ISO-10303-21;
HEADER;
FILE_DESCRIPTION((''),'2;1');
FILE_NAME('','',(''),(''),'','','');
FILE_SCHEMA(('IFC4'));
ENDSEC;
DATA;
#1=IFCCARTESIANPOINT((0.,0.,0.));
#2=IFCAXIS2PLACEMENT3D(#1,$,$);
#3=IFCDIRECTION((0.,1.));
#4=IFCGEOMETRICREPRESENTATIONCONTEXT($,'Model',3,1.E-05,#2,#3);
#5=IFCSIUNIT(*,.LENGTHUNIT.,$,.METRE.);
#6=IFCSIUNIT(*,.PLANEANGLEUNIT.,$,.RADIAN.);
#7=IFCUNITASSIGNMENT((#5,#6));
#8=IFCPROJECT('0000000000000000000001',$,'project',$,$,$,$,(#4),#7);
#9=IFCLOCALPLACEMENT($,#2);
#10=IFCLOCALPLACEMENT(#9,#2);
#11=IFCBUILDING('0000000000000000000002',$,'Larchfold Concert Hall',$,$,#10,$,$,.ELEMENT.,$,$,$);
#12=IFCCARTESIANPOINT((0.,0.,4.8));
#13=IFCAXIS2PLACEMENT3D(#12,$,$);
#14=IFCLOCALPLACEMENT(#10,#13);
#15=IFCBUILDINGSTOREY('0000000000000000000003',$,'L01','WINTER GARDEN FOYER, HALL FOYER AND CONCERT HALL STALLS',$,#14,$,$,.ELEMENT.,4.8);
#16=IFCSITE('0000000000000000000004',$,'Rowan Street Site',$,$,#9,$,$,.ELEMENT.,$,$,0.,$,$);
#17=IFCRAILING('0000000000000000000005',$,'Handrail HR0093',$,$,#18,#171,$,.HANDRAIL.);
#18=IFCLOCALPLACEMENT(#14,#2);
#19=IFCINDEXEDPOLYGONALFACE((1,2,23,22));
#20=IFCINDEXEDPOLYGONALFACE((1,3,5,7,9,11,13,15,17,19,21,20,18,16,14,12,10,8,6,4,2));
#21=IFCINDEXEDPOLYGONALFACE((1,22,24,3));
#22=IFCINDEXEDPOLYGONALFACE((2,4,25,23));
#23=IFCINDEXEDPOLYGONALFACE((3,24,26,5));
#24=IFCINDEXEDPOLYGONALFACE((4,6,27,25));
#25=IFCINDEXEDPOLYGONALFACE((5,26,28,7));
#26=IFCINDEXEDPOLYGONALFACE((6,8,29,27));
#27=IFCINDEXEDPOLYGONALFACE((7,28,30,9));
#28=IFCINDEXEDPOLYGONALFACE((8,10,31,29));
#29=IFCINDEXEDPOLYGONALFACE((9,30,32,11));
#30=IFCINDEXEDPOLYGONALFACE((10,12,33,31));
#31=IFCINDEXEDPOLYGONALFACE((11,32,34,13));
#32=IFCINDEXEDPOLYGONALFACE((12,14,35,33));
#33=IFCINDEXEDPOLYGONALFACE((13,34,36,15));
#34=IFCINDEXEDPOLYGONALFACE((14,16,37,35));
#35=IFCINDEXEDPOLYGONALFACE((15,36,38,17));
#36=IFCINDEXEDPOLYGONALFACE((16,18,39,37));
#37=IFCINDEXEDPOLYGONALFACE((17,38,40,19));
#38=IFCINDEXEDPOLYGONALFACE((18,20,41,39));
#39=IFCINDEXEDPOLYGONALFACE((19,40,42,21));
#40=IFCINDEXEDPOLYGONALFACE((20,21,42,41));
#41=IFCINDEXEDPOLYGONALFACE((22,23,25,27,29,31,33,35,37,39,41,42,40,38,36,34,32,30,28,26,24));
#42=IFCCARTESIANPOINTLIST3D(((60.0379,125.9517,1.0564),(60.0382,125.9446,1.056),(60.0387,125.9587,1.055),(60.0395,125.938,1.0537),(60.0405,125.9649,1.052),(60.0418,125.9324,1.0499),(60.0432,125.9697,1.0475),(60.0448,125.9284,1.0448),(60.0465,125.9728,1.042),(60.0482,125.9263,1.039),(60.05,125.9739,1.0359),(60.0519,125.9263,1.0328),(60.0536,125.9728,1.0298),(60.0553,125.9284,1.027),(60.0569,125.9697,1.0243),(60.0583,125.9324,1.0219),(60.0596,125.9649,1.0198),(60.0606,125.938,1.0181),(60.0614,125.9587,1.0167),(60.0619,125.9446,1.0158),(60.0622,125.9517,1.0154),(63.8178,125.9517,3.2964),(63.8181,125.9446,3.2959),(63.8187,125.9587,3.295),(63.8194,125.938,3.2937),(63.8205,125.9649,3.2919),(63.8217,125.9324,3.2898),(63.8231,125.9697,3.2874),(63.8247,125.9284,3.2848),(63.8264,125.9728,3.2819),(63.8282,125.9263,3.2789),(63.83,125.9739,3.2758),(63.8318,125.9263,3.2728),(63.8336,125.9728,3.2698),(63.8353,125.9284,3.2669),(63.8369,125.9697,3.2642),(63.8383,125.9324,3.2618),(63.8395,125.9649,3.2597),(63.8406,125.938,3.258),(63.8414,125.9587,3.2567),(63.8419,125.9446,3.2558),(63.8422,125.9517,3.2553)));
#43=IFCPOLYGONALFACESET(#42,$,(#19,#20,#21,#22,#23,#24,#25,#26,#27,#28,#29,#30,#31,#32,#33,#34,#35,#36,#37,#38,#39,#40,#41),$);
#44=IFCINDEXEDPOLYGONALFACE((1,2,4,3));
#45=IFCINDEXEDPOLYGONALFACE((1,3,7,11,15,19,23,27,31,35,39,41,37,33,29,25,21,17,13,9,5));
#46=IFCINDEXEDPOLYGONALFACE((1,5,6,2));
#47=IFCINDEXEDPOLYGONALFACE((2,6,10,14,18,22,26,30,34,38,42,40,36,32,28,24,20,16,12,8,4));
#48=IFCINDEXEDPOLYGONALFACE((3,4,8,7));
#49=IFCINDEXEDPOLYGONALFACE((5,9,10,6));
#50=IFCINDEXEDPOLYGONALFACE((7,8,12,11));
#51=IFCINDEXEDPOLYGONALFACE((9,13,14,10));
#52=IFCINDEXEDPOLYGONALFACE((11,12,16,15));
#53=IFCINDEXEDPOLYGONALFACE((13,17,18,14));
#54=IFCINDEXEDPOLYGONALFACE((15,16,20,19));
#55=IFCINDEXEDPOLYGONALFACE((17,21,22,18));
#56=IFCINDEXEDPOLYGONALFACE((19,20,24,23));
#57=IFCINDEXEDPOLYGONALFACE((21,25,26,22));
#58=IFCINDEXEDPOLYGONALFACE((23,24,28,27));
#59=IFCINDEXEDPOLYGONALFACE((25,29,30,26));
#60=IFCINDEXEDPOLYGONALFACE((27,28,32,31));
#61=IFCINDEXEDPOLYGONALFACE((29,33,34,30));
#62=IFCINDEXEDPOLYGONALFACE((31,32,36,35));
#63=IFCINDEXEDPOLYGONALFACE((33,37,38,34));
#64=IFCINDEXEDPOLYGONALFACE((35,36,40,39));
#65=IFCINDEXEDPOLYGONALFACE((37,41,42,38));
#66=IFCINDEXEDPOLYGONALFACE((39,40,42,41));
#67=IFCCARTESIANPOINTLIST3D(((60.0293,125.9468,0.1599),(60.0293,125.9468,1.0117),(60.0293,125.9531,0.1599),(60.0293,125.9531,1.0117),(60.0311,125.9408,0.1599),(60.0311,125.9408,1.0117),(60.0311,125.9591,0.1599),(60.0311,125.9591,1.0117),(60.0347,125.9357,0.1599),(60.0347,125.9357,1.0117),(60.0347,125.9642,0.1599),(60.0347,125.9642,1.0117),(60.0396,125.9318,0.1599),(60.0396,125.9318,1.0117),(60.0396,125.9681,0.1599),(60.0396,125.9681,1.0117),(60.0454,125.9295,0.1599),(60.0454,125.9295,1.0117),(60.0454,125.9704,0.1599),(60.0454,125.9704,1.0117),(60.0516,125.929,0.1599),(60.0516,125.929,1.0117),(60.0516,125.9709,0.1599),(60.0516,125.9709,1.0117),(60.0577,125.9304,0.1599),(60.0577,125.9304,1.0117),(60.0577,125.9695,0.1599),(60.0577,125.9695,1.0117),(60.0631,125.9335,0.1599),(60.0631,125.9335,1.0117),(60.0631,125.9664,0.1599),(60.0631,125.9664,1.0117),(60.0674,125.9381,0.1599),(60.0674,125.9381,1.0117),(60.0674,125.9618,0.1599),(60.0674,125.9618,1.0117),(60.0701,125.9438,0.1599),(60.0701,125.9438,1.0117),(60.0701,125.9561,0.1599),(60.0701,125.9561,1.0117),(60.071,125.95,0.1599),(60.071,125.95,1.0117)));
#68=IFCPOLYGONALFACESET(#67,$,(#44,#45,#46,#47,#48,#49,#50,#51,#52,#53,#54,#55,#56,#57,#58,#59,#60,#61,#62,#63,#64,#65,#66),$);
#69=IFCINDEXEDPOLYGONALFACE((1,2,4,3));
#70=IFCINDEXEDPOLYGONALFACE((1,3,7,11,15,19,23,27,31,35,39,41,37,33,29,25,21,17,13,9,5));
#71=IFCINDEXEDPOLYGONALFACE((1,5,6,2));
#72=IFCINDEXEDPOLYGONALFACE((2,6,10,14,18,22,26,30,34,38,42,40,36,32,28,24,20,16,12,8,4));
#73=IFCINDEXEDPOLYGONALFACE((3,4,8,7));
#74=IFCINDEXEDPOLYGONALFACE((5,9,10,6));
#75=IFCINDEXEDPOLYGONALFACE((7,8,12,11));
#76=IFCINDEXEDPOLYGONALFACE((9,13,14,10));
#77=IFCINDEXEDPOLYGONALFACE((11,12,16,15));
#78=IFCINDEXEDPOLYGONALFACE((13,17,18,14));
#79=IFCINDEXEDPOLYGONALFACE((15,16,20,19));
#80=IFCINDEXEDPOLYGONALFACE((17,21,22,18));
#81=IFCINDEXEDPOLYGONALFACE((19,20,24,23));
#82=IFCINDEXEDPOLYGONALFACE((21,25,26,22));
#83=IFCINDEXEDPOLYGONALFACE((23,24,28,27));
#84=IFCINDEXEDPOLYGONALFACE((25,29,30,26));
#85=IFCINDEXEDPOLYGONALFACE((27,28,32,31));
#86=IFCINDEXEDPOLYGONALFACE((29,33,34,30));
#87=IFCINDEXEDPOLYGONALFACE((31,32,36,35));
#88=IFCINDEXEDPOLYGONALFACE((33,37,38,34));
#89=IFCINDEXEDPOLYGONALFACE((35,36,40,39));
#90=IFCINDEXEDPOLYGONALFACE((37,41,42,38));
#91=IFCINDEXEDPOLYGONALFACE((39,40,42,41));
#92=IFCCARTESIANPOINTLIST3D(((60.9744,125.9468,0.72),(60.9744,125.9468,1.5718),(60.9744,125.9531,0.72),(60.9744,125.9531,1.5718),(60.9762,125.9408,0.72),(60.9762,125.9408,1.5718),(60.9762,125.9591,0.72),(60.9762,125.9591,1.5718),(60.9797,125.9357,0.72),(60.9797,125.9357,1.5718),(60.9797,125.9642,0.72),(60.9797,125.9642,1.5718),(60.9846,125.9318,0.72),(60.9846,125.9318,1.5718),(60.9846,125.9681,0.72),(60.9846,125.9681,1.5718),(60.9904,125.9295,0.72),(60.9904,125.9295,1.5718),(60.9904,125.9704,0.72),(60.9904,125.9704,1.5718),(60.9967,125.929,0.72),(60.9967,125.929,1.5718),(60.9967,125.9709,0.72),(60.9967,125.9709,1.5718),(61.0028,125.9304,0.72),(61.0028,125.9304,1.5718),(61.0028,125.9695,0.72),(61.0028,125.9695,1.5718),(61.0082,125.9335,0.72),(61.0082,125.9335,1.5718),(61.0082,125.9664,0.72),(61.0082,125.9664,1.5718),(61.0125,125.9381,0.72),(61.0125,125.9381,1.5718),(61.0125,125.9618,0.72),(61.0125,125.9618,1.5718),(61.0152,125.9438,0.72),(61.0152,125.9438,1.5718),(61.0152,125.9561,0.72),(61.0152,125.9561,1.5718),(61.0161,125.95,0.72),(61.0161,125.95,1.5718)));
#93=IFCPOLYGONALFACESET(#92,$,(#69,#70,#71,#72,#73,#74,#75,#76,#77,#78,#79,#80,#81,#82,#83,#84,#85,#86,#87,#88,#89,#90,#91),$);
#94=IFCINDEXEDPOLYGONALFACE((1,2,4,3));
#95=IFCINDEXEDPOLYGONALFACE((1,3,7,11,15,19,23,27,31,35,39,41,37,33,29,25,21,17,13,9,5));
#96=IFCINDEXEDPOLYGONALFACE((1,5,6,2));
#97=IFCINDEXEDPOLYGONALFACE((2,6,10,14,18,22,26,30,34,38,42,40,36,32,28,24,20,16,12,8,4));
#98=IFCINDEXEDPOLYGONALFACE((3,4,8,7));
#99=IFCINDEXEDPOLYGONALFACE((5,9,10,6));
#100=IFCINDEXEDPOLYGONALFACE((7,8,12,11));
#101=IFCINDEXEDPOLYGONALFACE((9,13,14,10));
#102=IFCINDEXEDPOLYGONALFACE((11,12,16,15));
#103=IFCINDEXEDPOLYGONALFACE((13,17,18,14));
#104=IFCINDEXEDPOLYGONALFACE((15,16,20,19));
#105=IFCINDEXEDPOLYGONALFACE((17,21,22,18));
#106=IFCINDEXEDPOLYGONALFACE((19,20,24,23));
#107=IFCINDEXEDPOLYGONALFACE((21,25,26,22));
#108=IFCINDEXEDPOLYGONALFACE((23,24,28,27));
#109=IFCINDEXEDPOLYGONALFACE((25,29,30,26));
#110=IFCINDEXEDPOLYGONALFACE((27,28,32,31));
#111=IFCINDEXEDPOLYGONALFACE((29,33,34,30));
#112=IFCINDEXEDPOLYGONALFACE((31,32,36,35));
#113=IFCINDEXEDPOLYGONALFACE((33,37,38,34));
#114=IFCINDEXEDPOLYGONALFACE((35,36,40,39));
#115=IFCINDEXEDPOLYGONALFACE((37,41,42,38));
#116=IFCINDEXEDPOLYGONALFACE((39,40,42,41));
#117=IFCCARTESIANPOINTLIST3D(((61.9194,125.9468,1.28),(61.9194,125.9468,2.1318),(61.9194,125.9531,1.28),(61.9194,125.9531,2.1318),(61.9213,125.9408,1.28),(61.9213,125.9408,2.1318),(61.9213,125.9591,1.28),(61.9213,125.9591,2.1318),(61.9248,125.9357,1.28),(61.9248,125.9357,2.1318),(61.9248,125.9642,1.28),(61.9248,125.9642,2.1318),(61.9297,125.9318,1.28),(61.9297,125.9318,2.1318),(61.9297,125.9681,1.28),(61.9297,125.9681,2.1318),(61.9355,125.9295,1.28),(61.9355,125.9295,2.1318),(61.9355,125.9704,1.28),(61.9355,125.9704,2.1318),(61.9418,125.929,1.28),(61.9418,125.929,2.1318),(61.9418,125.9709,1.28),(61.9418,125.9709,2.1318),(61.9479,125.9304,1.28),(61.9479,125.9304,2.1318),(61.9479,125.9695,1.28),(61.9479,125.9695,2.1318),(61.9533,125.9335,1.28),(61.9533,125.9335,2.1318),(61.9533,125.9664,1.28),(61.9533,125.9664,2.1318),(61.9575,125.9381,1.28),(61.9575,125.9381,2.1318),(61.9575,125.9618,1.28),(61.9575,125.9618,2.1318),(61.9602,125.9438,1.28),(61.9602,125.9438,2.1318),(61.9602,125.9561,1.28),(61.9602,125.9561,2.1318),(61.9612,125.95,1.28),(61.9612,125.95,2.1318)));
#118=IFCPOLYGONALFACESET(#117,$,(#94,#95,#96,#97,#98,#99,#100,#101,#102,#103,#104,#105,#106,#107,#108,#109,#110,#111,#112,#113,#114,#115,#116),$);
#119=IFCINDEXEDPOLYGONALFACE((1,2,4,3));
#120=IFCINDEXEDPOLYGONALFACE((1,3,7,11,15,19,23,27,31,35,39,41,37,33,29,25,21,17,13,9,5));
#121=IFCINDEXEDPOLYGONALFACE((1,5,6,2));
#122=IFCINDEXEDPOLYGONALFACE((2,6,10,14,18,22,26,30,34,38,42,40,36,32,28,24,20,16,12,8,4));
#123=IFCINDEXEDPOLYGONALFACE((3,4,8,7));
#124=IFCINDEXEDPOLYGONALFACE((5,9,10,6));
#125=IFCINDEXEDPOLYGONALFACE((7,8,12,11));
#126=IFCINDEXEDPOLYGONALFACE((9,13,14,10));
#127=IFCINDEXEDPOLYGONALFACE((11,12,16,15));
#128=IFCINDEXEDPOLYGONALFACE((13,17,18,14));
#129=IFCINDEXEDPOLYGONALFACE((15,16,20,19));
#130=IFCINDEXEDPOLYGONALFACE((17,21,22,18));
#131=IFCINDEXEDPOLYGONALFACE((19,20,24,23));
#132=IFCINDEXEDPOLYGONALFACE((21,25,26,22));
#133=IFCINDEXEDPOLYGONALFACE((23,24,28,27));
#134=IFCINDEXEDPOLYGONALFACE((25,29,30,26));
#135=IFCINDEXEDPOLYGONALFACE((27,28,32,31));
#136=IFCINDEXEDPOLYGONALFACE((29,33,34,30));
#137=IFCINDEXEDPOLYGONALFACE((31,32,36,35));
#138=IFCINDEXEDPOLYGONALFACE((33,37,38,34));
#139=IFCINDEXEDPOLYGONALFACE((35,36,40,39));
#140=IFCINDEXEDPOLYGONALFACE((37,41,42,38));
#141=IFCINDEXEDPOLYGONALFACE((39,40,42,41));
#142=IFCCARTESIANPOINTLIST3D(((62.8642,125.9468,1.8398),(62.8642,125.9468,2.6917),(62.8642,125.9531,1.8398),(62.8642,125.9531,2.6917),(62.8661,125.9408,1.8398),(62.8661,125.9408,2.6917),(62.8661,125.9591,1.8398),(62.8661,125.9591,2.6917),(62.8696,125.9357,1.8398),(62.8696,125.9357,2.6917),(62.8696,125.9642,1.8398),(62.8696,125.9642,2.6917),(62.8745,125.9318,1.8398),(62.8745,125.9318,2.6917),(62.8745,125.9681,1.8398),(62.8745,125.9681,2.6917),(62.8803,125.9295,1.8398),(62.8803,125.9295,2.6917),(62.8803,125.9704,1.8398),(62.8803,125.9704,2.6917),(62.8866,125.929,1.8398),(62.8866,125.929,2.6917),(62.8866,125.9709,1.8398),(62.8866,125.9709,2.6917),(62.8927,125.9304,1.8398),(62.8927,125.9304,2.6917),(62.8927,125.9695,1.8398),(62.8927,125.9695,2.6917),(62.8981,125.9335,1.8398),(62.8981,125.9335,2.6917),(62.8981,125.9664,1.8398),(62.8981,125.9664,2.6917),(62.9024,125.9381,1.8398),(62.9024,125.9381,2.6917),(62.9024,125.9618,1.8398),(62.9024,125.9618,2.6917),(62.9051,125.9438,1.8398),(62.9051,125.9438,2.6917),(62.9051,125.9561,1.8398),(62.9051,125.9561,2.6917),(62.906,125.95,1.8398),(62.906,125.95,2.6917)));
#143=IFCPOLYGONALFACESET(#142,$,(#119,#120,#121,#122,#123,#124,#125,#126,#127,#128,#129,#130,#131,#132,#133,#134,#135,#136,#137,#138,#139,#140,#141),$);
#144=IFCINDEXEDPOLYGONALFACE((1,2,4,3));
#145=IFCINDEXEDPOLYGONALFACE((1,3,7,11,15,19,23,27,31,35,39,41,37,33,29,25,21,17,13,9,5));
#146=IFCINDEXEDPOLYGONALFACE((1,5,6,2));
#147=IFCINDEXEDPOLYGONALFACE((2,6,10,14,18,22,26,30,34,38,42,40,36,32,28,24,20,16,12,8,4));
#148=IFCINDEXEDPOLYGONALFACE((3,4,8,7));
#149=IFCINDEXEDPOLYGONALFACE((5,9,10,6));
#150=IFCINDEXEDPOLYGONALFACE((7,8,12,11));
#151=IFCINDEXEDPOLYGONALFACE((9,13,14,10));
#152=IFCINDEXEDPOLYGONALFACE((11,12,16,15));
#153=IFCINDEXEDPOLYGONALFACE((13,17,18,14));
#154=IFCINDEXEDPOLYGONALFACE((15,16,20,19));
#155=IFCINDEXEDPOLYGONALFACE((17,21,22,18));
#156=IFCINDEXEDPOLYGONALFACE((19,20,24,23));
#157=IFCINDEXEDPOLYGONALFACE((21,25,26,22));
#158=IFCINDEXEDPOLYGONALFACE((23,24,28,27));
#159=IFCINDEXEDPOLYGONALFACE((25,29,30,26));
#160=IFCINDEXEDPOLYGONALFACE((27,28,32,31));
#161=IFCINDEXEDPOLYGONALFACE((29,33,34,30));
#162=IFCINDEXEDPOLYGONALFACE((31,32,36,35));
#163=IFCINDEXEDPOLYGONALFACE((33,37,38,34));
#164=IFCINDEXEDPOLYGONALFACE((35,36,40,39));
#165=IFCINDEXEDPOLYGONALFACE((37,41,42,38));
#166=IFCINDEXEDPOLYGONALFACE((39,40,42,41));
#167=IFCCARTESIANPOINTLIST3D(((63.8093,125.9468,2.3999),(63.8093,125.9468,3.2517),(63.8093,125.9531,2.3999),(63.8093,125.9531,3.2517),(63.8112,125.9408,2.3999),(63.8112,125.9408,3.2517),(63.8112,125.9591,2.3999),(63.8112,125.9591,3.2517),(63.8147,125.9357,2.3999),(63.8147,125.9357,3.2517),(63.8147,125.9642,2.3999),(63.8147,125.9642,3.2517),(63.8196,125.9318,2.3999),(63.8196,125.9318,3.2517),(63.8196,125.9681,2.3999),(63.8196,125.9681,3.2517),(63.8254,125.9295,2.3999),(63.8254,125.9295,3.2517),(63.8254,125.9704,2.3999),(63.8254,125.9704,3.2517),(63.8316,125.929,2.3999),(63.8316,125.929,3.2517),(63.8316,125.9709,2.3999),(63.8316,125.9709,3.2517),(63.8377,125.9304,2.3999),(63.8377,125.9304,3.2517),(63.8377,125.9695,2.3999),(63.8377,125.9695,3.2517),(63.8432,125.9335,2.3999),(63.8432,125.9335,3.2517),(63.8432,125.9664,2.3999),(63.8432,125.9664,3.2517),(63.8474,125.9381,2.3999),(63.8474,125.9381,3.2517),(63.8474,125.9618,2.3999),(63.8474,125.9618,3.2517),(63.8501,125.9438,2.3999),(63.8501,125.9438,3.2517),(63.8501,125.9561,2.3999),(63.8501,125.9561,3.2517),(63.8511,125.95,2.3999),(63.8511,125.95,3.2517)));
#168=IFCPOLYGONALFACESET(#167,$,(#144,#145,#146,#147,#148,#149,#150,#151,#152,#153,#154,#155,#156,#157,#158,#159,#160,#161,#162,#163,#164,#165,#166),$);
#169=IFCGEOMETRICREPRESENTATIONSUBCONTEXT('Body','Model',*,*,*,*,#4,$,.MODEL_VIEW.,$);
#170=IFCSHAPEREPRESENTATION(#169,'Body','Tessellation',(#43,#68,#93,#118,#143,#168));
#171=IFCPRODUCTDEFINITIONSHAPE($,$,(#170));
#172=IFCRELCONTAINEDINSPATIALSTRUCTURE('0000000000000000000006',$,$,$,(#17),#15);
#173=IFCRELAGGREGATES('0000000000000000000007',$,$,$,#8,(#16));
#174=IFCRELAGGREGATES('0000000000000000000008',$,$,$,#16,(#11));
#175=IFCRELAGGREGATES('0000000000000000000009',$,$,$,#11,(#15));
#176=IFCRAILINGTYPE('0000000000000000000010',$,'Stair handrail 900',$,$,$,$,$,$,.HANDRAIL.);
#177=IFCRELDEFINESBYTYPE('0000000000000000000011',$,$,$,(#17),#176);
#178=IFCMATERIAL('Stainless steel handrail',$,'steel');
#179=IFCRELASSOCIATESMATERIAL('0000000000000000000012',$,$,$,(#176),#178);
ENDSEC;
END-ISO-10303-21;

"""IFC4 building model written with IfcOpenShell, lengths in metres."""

from ifc_helpers import new_model, si_unit, direction, frame, origin, origin_2d, place, context, subcontext, project, spatial, circle, extrude, material, type_object, element, save


model = new_model("IFC4")

# Units and contexts
model_context = context("Model", 3, precision=1e-05, world=origin(), true_north=direction((0.0, 1.0)))
body_context = subcontext(model_context, "Body", "Model", "MODEL_VIEW")
ifc_project = project(units=[si_unit("LENGTHUNIT", "METRE"), si_unit("PLANEANGLEUNIT", "RADIAN")], contexts=[model_context])

# Site, building, storey
site_placement = place(None, origin())
site = spatial("IfcSite", under=ifc_project, at=site_placement, Name="Rowan Street Site", CompositionType="ELEMENT", RefElevation=0.0)
building_placement = place(site_placement, origin())
building = spatial("IfcBuilding", under=site, at=building_placement, Name="Larchfold Concert Hall", CompositionType="ELEMENT")
storey_placement = place(building_placement, frame((0.0, 0.0, 4.8)))
storey = spatial("IfcBuildingStorey", under=building, at=storey_placement, Name="L01", Description="WINTER GARDEN FOYER, HALL FOYER AND CONCERT HALL STALLS", CompositionType="ELEMENT", Elevation=4.8)

# Railing
ifc_material_1 = material(Name="Stainless steel handrail", Category="steel")
railing_type_1 = type_object("IfcRailingType", Name="Stair handrail 900", PredefinedType="HANDRAIL", material=ifc_material_1)
for number, where, name in (
    (1, (60.05, 125.95, 0.1599), "Handrail HR0093"),
):
    element("IfcRailing", number, at=place(storey_placement, frame(where)), inside=storey, type_object=railing_type_1, Name=name, PredefinedType="HANDRAIL", context=body_context, shape_type="SweptSolid", body=[
        extrude(circle(Radius=0.0239, at=origin_2d()), frame((0.0, 0.0, 0.876), z_axis=(0.860294, 0.0, 0.509798), x_axis=(0.0, 1.0, 0.0)), (0.0, 0.0, 1.0), 4.3938),
        extrude(circle(Radius=0.021, at=origin_2d()), origin(), (0.0, 0.0, 1.0), 0.8518),
        extrude(circle(Radius=0.021, at=origin_2d()), frame((0.9451, 0.0, 0.5601)), (0.0, 0.0, 1.0), 0.8518),
        extrude(circle(Radius=0.021, at=origin_2d()), frame((1.8901, 0.0, 1.1201)), (0.0, 0.0, 1.0), 0.8518),
        extrude(circle(Radius=0.021, at=origin_2d()), frame((2.835, 0.0, 1.6799)), (0.0, 0.0, 1.0), 0.8518),
        extrude(circle(Radius=0.021, at=origin_2d()), frame((3.78, 0.0, 2.24)), (0.0, 0.0, 1.0), 0.8518),
    ])

save(model, "model.ifc")
